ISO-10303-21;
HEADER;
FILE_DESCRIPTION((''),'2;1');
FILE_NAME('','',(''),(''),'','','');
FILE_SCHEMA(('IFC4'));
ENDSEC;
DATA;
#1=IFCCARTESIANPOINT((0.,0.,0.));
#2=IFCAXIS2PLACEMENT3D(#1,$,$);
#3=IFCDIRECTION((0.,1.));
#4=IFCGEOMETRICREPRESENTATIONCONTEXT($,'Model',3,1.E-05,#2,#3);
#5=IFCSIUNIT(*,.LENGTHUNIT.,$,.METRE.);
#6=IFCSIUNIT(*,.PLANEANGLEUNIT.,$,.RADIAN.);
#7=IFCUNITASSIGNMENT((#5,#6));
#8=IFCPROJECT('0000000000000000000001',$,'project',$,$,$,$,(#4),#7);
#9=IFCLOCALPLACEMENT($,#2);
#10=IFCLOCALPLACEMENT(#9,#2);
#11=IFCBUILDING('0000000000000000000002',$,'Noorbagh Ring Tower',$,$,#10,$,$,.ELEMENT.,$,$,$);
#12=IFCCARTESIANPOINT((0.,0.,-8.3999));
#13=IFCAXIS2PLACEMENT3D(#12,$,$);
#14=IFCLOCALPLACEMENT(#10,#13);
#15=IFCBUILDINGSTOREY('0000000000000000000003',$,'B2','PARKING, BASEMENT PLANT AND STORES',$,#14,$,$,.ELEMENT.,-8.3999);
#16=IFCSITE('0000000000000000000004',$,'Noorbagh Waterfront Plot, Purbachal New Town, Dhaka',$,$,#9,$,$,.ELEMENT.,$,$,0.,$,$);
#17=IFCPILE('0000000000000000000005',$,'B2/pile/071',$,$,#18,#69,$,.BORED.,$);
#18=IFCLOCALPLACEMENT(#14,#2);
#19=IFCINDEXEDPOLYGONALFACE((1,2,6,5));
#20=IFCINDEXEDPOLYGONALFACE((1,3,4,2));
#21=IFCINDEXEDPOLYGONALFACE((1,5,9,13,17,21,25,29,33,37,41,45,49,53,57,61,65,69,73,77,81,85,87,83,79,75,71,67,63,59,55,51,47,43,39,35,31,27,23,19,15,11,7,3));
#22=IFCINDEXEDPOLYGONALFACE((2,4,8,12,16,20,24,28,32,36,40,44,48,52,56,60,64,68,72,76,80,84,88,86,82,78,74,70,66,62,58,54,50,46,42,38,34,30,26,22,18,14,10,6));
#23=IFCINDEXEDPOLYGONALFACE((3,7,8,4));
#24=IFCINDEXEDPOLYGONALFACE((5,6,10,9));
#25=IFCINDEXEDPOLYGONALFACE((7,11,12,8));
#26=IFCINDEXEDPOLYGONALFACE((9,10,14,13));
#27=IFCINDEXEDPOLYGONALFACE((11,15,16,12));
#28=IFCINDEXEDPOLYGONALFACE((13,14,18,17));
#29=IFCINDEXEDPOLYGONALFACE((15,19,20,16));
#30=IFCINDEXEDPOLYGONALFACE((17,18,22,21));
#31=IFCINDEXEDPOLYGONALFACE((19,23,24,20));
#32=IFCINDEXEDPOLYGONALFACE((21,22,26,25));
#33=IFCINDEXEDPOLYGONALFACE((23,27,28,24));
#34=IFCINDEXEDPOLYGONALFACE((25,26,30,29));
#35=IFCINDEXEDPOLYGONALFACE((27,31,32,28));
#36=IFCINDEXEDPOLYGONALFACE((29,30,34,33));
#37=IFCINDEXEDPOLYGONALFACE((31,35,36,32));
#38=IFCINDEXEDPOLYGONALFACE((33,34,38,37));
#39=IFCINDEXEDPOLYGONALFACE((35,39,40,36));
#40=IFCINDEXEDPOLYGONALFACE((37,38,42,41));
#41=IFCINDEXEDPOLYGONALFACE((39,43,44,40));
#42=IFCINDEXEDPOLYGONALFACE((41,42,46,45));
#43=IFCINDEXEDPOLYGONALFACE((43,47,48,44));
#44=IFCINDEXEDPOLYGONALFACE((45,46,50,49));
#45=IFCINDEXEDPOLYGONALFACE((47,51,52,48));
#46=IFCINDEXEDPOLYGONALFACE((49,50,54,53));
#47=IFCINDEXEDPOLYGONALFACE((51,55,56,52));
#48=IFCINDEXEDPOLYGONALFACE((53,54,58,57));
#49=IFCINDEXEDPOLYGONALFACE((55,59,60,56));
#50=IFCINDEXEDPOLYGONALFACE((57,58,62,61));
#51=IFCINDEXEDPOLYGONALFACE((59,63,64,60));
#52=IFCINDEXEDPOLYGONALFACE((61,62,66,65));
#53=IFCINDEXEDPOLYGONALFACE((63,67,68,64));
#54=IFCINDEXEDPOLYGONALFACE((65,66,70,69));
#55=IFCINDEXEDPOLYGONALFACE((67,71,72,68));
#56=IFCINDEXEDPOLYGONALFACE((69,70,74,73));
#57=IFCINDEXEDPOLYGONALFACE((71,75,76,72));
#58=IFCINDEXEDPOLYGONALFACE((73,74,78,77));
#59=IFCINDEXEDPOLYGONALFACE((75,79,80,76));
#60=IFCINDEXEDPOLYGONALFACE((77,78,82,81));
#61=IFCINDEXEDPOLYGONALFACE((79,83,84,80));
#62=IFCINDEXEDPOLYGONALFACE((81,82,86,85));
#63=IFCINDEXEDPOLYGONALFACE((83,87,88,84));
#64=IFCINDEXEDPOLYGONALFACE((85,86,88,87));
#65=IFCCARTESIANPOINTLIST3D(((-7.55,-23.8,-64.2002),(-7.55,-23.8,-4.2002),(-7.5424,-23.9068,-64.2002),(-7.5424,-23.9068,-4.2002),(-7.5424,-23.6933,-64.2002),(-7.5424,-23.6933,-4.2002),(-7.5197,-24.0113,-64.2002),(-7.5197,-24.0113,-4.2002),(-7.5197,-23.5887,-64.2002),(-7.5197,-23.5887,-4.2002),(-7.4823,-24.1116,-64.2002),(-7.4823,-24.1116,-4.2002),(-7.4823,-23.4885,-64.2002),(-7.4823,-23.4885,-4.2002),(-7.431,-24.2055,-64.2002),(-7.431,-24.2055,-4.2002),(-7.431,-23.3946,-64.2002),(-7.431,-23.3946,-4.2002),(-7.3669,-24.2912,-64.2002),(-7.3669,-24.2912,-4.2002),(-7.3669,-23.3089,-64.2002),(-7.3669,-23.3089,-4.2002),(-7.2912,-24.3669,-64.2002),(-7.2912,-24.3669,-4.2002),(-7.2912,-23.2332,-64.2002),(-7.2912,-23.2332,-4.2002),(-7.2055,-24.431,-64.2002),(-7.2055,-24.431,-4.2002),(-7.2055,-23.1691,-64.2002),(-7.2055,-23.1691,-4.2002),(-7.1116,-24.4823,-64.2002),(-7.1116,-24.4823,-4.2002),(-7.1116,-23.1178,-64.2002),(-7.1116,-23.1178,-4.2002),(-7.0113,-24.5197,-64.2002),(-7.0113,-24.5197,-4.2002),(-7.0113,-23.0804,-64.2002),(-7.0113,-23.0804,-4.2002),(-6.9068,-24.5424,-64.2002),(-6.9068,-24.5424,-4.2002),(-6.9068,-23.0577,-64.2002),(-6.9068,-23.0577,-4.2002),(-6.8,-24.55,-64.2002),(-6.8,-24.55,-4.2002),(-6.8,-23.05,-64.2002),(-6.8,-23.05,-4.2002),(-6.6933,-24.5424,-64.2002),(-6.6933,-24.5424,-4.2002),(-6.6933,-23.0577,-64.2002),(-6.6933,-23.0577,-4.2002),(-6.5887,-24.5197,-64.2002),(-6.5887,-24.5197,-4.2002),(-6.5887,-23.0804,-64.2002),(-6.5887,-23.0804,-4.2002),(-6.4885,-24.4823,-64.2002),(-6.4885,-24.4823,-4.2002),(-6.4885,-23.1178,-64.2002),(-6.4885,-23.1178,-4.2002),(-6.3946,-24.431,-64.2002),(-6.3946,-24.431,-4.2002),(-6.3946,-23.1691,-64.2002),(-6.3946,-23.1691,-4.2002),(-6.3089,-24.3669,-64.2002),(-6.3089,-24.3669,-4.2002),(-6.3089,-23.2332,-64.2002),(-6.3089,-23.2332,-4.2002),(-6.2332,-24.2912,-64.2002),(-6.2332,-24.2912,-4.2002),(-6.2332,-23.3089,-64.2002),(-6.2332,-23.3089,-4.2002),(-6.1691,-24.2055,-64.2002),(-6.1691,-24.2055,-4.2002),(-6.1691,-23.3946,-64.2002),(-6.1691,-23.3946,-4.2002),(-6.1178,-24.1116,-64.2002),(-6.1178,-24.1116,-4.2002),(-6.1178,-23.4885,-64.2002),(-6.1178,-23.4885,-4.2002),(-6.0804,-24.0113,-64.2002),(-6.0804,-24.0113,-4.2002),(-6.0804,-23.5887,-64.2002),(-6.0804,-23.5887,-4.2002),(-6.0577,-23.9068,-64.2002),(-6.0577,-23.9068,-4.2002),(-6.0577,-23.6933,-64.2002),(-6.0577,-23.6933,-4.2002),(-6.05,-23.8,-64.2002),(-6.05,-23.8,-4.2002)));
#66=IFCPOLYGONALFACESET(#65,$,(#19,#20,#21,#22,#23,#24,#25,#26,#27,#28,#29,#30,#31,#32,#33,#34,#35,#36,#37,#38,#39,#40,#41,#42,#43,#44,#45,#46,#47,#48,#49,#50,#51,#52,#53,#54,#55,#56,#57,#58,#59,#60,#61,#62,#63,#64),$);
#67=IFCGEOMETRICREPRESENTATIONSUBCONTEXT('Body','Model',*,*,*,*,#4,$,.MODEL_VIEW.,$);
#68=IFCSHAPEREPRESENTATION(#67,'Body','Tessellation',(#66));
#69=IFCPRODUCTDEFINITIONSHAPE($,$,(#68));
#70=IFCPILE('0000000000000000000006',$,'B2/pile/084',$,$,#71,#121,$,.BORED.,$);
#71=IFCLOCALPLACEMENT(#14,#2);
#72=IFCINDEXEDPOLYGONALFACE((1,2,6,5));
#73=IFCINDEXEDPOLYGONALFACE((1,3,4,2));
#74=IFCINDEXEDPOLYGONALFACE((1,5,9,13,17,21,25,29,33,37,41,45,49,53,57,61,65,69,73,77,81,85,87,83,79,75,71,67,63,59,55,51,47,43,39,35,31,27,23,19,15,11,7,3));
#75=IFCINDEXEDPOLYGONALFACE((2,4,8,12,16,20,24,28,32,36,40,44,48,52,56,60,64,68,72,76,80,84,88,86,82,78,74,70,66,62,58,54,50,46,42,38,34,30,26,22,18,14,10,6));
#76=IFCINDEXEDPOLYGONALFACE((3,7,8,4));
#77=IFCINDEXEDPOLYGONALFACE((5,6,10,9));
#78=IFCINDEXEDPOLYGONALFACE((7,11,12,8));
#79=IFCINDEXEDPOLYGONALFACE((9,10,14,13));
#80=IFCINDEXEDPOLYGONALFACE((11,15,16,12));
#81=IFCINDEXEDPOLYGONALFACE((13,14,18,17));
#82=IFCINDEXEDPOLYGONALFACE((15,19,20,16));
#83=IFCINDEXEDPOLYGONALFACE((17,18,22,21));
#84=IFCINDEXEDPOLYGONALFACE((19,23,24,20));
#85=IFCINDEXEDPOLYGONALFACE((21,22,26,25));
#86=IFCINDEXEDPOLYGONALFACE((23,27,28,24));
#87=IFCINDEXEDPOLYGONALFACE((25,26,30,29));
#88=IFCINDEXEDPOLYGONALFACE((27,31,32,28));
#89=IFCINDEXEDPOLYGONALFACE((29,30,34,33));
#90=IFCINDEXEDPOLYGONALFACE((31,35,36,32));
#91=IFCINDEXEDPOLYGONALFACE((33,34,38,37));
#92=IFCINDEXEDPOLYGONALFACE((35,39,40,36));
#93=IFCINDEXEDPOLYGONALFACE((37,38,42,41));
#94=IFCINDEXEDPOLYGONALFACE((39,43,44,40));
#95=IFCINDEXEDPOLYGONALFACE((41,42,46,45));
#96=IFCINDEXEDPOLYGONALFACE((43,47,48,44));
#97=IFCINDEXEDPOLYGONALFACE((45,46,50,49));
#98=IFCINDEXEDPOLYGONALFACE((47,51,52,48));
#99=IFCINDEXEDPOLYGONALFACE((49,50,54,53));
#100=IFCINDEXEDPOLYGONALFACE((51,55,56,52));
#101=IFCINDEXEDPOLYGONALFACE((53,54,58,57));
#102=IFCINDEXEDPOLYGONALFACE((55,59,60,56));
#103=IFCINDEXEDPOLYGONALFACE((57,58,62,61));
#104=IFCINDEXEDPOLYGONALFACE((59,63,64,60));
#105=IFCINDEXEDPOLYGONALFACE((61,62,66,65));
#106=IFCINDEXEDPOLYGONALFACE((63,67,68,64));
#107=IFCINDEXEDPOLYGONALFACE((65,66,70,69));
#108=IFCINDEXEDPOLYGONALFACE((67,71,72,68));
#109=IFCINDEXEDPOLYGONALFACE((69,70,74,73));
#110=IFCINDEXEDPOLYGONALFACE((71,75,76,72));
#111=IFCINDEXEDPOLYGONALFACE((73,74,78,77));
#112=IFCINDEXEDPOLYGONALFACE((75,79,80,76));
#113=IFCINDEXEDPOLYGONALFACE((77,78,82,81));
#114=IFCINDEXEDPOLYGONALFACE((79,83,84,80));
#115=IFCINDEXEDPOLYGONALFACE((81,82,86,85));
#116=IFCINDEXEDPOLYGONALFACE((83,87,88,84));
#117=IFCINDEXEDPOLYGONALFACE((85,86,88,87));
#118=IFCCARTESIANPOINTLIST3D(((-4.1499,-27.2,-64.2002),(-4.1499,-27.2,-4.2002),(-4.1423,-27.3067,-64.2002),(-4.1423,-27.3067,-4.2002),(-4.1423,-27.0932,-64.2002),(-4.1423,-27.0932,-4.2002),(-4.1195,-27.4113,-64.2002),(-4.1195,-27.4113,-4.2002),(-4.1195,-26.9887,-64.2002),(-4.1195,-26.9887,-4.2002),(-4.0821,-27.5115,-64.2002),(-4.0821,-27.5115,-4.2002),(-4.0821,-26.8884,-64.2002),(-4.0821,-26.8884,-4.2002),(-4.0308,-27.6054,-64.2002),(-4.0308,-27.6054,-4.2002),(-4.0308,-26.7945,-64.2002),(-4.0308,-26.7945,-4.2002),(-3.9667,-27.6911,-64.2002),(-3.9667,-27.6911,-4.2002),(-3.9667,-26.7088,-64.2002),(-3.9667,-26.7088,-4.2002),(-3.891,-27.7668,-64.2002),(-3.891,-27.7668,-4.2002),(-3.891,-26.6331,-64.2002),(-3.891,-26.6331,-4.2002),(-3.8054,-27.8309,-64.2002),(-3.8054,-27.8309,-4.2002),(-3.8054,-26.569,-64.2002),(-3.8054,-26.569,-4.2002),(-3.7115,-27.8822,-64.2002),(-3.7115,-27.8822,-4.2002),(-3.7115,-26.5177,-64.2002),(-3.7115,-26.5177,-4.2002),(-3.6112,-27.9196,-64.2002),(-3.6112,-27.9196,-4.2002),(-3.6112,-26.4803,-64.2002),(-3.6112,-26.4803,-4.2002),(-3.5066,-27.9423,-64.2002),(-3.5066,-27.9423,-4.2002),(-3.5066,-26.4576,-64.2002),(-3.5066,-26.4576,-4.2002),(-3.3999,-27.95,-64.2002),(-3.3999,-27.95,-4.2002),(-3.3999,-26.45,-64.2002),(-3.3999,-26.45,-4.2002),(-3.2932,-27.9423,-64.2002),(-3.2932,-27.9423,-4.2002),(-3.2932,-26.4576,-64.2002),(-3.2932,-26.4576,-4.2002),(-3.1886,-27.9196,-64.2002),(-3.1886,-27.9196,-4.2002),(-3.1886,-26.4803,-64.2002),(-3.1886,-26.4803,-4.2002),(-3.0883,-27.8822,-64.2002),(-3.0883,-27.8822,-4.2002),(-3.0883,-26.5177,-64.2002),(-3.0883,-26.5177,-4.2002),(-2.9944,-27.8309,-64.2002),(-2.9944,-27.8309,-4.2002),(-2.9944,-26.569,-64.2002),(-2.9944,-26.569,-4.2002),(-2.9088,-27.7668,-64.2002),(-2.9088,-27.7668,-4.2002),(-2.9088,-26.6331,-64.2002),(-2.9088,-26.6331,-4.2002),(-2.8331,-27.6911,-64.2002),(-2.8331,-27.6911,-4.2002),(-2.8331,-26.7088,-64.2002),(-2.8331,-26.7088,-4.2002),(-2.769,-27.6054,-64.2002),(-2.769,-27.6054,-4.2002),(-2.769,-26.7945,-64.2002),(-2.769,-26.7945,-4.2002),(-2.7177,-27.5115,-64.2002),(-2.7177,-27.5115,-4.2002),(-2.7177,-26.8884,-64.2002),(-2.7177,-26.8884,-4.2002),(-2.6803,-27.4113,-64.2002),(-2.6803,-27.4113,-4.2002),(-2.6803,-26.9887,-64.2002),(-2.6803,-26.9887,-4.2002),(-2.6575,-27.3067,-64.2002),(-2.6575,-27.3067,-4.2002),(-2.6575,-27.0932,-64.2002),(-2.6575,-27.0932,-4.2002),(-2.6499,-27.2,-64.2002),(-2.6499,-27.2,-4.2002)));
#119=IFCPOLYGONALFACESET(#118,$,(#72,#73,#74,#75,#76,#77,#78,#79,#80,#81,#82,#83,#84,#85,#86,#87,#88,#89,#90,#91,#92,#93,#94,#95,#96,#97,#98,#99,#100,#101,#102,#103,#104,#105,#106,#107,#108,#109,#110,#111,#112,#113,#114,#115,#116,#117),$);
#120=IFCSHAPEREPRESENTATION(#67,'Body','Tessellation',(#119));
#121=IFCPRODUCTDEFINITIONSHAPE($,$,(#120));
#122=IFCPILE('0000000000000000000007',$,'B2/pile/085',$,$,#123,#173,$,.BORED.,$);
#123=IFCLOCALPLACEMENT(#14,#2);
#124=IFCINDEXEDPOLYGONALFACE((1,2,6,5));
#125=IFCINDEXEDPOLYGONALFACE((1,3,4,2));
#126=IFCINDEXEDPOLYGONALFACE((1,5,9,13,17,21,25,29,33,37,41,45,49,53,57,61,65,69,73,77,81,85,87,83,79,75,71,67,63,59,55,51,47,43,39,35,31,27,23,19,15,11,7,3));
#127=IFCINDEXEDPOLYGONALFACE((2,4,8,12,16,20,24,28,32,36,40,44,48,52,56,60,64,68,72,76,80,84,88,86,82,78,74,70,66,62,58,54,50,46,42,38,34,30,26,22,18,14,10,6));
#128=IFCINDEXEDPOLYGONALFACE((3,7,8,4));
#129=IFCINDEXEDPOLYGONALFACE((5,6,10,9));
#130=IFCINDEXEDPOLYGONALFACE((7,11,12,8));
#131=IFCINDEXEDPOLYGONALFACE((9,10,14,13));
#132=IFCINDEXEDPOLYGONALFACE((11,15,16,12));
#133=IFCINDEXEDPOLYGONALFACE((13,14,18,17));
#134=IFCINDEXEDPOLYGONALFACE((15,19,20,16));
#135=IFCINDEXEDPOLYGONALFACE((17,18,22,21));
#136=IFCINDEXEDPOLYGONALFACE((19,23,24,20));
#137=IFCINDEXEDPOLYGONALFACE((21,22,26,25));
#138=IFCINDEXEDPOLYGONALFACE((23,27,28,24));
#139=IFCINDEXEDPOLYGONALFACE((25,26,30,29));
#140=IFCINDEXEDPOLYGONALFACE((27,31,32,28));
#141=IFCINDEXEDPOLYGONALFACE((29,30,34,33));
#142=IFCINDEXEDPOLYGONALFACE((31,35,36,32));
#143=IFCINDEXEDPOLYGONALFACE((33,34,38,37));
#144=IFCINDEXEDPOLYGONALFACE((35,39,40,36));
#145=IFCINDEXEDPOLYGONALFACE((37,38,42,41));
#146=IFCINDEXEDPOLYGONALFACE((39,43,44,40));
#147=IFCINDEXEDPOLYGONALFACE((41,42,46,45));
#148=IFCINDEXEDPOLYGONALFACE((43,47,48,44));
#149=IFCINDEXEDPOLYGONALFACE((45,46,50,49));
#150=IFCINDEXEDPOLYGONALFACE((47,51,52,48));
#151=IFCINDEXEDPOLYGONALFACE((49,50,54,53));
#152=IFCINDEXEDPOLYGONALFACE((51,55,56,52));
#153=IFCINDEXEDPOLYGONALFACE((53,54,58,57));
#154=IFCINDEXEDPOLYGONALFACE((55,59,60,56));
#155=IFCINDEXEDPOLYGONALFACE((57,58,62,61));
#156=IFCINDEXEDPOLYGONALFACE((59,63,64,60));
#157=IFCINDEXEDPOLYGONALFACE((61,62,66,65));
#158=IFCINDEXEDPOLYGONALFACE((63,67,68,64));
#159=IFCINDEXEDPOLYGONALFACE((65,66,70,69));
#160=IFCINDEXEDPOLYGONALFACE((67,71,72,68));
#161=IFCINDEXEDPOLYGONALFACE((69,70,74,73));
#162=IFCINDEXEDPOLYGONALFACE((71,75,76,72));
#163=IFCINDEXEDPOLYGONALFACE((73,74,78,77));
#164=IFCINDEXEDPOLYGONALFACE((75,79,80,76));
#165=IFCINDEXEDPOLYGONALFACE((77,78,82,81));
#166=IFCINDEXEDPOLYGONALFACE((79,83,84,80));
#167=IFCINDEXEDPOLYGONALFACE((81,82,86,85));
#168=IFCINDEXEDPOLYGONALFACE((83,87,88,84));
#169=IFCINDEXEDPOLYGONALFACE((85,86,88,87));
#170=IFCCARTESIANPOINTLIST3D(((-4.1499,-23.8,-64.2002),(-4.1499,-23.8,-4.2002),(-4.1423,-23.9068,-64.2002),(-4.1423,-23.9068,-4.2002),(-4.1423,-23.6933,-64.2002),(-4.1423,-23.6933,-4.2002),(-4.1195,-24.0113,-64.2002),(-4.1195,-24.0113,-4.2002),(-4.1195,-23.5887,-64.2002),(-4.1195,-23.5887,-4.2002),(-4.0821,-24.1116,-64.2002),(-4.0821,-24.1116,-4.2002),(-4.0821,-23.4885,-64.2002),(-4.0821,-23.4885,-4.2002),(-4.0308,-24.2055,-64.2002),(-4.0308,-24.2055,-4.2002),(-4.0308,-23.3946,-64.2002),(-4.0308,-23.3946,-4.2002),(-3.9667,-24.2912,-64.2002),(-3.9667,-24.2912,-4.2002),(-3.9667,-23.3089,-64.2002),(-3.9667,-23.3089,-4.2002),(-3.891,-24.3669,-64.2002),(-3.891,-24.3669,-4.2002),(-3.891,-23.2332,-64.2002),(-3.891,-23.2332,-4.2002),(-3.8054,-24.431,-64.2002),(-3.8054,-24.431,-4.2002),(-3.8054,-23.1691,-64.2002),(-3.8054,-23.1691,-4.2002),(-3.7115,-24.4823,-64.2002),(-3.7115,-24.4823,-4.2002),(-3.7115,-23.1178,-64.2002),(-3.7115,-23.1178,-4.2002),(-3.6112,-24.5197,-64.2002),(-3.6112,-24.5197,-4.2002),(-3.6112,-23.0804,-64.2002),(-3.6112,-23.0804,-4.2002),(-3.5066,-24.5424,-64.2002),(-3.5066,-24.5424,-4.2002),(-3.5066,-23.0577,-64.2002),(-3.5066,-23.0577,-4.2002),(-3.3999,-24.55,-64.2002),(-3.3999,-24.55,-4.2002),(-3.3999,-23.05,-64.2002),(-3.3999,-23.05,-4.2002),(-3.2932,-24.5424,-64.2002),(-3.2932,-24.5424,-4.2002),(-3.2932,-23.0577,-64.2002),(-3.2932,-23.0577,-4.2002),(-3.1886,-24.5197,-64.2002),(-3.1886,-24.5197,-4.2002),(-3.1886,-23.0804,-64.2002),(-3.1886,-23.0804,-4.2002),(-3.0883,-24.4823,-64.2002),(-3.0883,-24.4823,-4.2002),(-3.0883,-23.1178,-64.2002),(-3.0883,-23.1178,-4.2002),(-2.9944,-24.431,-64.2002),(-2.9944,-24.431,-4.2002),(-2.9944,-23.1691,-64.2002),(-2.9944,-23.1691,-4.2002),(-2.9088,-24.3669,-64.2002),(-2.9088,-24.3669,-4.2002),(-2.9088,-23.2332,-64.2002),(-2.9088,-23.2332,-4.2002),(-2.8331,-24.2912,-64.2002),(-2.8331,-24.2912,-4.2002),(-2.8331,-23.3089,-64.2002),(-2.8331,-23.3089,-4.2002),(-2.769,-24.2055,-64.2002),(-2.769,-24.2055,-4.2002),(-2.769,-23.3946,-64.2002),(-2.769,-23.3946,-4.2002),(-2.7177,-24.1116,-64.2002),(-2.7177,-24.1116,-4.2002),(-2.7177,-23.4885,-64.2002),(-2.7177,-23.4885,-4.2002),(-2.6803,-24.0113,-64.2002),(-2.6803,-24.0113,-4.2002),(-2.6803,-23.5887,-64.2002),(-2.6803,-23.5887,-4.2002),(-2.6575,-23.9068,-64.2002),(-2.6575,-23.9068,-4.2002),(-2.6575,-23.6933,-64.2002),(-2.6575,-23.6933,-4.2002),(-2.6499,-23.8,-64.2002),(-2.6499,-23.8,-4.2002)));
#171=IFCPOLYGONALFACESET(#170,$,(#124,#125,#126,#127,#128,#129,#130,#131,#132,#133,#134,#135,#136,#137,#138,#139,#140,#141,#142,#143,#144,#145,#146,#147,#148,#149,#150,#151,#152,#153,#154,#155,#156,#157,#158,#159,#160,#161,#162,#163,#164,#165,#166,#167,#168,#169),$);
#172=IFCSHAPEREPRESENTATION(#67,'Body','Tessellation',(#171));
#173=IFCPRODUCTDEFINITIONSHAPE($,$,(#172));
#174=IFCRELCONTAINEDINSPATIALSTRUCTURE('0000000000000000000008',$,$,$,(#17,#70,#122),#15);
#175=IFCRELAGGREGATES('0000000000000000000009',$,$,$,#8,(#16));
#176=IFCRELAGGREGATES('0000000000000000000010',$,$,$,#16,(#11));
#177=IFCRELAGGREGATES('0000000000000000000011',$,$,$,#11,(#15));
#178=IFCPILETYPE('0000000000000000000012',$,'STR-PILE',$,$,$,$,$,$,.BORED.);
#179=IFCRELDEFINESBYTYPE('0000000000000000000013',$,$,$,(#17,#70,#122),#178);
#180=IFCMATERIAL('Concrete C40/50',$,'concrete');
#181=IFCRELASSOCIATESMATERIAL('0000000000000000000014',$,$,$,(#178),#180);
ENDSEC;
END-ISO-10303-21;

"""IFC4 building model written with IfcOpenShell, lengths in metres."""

from ifc_helpers import new_model, si_unit, direction, frame, origin, origin_2d, place, context, subcontext, project, spatial, circle, extrude, material, material_profile, profile_set, type_object, element, save


model = new_model("IFC4")

# Units and contexts
model_context = context("Model", 3, precision=1e-05, world=origin(), true_north=direction((0.0, 1.0)))
body_context = subcontext(model_context, "Body", "Model", "MODEL_VIEW")
ifc_project = project(units=[si_unit("LENGTHUNIT", "METRE"), si_unit("PLANEANGLEUNIT", "RADIAN")], contexts=[model_context])

# Site, building, storey
site_placement = place(None, origin())
site = spatial("IfcSite", under=ifc_project, at=site_placement, Name="Noorbagh Waterfront Plot, Purbachal New Town, Dhaka", CompositionType="ELEMENT", RefElevation=0.0)
building_placement = place(site_placement, origin())
building = spatial("IfcBuilding", under=site, at=building_placement, Name="Noorbagh Ring Tower", CompositionType="ELEMENT")
storey_placement = place(building_placement, frame((0.0, 0.0, -8.3999)))
storey = spatial("IfcBuildingStorey", under=building, at=storey_placement, Name="B2", Description="PARKING, BASEMENT PLANT AND STORES", CompositionType="ELEMENT", Elevation=-8.3999)

# Piles
ifc_material_1 = material(Name="Concrete C40/50", Category="concrete")
ifc_material_profile_1 = material_profile(ifc_material_1, circle(Radius=0.75, at=origin_2d()), Name="PILE1500")
ifc_profile_set_1 = profile_set([ifc_material_profile_1], Name="Concrete C40/50")
pile_type_1 = type_object("IfcPileType", Name="STR-PILE", PredefinedType="BORED", material=ifc_profile_set_1)
for number, where, z_axis, x_axis, name in (
    (1, (-6.8, -23.8, -4.2002), (0.0, 0.0, -1.0), (1.0, 0.0, 0.0), "B2/pile/071"),
    (2, (-3.3999, -27.2, -4.2002), (0.0, 0.0, -1.0), (1.0, 0.0, 0.0), "B2/pile/084"),
    (3, (-3.3999, -23.8, -4.2002), (0.0, 0.0, -1.0), (1.0, 0.0, 0.0), "B2/pile/085"),
):
    element("IfcPile", number, at=place(storey_placement, frame(where, z_axis=z_axis, x_axis=x_axis)), inside=storey, type_object=pile_type_1, Name=name, PredefinedType="BORED", context=body_context, shape_type="SweptSolid", body=[
        extrude(circle(Radius=0.75, at=origin_2d()), origin(), (0.0, 0.0, 1.0), 60.0),
    ])

save(model, "model.ifc")
